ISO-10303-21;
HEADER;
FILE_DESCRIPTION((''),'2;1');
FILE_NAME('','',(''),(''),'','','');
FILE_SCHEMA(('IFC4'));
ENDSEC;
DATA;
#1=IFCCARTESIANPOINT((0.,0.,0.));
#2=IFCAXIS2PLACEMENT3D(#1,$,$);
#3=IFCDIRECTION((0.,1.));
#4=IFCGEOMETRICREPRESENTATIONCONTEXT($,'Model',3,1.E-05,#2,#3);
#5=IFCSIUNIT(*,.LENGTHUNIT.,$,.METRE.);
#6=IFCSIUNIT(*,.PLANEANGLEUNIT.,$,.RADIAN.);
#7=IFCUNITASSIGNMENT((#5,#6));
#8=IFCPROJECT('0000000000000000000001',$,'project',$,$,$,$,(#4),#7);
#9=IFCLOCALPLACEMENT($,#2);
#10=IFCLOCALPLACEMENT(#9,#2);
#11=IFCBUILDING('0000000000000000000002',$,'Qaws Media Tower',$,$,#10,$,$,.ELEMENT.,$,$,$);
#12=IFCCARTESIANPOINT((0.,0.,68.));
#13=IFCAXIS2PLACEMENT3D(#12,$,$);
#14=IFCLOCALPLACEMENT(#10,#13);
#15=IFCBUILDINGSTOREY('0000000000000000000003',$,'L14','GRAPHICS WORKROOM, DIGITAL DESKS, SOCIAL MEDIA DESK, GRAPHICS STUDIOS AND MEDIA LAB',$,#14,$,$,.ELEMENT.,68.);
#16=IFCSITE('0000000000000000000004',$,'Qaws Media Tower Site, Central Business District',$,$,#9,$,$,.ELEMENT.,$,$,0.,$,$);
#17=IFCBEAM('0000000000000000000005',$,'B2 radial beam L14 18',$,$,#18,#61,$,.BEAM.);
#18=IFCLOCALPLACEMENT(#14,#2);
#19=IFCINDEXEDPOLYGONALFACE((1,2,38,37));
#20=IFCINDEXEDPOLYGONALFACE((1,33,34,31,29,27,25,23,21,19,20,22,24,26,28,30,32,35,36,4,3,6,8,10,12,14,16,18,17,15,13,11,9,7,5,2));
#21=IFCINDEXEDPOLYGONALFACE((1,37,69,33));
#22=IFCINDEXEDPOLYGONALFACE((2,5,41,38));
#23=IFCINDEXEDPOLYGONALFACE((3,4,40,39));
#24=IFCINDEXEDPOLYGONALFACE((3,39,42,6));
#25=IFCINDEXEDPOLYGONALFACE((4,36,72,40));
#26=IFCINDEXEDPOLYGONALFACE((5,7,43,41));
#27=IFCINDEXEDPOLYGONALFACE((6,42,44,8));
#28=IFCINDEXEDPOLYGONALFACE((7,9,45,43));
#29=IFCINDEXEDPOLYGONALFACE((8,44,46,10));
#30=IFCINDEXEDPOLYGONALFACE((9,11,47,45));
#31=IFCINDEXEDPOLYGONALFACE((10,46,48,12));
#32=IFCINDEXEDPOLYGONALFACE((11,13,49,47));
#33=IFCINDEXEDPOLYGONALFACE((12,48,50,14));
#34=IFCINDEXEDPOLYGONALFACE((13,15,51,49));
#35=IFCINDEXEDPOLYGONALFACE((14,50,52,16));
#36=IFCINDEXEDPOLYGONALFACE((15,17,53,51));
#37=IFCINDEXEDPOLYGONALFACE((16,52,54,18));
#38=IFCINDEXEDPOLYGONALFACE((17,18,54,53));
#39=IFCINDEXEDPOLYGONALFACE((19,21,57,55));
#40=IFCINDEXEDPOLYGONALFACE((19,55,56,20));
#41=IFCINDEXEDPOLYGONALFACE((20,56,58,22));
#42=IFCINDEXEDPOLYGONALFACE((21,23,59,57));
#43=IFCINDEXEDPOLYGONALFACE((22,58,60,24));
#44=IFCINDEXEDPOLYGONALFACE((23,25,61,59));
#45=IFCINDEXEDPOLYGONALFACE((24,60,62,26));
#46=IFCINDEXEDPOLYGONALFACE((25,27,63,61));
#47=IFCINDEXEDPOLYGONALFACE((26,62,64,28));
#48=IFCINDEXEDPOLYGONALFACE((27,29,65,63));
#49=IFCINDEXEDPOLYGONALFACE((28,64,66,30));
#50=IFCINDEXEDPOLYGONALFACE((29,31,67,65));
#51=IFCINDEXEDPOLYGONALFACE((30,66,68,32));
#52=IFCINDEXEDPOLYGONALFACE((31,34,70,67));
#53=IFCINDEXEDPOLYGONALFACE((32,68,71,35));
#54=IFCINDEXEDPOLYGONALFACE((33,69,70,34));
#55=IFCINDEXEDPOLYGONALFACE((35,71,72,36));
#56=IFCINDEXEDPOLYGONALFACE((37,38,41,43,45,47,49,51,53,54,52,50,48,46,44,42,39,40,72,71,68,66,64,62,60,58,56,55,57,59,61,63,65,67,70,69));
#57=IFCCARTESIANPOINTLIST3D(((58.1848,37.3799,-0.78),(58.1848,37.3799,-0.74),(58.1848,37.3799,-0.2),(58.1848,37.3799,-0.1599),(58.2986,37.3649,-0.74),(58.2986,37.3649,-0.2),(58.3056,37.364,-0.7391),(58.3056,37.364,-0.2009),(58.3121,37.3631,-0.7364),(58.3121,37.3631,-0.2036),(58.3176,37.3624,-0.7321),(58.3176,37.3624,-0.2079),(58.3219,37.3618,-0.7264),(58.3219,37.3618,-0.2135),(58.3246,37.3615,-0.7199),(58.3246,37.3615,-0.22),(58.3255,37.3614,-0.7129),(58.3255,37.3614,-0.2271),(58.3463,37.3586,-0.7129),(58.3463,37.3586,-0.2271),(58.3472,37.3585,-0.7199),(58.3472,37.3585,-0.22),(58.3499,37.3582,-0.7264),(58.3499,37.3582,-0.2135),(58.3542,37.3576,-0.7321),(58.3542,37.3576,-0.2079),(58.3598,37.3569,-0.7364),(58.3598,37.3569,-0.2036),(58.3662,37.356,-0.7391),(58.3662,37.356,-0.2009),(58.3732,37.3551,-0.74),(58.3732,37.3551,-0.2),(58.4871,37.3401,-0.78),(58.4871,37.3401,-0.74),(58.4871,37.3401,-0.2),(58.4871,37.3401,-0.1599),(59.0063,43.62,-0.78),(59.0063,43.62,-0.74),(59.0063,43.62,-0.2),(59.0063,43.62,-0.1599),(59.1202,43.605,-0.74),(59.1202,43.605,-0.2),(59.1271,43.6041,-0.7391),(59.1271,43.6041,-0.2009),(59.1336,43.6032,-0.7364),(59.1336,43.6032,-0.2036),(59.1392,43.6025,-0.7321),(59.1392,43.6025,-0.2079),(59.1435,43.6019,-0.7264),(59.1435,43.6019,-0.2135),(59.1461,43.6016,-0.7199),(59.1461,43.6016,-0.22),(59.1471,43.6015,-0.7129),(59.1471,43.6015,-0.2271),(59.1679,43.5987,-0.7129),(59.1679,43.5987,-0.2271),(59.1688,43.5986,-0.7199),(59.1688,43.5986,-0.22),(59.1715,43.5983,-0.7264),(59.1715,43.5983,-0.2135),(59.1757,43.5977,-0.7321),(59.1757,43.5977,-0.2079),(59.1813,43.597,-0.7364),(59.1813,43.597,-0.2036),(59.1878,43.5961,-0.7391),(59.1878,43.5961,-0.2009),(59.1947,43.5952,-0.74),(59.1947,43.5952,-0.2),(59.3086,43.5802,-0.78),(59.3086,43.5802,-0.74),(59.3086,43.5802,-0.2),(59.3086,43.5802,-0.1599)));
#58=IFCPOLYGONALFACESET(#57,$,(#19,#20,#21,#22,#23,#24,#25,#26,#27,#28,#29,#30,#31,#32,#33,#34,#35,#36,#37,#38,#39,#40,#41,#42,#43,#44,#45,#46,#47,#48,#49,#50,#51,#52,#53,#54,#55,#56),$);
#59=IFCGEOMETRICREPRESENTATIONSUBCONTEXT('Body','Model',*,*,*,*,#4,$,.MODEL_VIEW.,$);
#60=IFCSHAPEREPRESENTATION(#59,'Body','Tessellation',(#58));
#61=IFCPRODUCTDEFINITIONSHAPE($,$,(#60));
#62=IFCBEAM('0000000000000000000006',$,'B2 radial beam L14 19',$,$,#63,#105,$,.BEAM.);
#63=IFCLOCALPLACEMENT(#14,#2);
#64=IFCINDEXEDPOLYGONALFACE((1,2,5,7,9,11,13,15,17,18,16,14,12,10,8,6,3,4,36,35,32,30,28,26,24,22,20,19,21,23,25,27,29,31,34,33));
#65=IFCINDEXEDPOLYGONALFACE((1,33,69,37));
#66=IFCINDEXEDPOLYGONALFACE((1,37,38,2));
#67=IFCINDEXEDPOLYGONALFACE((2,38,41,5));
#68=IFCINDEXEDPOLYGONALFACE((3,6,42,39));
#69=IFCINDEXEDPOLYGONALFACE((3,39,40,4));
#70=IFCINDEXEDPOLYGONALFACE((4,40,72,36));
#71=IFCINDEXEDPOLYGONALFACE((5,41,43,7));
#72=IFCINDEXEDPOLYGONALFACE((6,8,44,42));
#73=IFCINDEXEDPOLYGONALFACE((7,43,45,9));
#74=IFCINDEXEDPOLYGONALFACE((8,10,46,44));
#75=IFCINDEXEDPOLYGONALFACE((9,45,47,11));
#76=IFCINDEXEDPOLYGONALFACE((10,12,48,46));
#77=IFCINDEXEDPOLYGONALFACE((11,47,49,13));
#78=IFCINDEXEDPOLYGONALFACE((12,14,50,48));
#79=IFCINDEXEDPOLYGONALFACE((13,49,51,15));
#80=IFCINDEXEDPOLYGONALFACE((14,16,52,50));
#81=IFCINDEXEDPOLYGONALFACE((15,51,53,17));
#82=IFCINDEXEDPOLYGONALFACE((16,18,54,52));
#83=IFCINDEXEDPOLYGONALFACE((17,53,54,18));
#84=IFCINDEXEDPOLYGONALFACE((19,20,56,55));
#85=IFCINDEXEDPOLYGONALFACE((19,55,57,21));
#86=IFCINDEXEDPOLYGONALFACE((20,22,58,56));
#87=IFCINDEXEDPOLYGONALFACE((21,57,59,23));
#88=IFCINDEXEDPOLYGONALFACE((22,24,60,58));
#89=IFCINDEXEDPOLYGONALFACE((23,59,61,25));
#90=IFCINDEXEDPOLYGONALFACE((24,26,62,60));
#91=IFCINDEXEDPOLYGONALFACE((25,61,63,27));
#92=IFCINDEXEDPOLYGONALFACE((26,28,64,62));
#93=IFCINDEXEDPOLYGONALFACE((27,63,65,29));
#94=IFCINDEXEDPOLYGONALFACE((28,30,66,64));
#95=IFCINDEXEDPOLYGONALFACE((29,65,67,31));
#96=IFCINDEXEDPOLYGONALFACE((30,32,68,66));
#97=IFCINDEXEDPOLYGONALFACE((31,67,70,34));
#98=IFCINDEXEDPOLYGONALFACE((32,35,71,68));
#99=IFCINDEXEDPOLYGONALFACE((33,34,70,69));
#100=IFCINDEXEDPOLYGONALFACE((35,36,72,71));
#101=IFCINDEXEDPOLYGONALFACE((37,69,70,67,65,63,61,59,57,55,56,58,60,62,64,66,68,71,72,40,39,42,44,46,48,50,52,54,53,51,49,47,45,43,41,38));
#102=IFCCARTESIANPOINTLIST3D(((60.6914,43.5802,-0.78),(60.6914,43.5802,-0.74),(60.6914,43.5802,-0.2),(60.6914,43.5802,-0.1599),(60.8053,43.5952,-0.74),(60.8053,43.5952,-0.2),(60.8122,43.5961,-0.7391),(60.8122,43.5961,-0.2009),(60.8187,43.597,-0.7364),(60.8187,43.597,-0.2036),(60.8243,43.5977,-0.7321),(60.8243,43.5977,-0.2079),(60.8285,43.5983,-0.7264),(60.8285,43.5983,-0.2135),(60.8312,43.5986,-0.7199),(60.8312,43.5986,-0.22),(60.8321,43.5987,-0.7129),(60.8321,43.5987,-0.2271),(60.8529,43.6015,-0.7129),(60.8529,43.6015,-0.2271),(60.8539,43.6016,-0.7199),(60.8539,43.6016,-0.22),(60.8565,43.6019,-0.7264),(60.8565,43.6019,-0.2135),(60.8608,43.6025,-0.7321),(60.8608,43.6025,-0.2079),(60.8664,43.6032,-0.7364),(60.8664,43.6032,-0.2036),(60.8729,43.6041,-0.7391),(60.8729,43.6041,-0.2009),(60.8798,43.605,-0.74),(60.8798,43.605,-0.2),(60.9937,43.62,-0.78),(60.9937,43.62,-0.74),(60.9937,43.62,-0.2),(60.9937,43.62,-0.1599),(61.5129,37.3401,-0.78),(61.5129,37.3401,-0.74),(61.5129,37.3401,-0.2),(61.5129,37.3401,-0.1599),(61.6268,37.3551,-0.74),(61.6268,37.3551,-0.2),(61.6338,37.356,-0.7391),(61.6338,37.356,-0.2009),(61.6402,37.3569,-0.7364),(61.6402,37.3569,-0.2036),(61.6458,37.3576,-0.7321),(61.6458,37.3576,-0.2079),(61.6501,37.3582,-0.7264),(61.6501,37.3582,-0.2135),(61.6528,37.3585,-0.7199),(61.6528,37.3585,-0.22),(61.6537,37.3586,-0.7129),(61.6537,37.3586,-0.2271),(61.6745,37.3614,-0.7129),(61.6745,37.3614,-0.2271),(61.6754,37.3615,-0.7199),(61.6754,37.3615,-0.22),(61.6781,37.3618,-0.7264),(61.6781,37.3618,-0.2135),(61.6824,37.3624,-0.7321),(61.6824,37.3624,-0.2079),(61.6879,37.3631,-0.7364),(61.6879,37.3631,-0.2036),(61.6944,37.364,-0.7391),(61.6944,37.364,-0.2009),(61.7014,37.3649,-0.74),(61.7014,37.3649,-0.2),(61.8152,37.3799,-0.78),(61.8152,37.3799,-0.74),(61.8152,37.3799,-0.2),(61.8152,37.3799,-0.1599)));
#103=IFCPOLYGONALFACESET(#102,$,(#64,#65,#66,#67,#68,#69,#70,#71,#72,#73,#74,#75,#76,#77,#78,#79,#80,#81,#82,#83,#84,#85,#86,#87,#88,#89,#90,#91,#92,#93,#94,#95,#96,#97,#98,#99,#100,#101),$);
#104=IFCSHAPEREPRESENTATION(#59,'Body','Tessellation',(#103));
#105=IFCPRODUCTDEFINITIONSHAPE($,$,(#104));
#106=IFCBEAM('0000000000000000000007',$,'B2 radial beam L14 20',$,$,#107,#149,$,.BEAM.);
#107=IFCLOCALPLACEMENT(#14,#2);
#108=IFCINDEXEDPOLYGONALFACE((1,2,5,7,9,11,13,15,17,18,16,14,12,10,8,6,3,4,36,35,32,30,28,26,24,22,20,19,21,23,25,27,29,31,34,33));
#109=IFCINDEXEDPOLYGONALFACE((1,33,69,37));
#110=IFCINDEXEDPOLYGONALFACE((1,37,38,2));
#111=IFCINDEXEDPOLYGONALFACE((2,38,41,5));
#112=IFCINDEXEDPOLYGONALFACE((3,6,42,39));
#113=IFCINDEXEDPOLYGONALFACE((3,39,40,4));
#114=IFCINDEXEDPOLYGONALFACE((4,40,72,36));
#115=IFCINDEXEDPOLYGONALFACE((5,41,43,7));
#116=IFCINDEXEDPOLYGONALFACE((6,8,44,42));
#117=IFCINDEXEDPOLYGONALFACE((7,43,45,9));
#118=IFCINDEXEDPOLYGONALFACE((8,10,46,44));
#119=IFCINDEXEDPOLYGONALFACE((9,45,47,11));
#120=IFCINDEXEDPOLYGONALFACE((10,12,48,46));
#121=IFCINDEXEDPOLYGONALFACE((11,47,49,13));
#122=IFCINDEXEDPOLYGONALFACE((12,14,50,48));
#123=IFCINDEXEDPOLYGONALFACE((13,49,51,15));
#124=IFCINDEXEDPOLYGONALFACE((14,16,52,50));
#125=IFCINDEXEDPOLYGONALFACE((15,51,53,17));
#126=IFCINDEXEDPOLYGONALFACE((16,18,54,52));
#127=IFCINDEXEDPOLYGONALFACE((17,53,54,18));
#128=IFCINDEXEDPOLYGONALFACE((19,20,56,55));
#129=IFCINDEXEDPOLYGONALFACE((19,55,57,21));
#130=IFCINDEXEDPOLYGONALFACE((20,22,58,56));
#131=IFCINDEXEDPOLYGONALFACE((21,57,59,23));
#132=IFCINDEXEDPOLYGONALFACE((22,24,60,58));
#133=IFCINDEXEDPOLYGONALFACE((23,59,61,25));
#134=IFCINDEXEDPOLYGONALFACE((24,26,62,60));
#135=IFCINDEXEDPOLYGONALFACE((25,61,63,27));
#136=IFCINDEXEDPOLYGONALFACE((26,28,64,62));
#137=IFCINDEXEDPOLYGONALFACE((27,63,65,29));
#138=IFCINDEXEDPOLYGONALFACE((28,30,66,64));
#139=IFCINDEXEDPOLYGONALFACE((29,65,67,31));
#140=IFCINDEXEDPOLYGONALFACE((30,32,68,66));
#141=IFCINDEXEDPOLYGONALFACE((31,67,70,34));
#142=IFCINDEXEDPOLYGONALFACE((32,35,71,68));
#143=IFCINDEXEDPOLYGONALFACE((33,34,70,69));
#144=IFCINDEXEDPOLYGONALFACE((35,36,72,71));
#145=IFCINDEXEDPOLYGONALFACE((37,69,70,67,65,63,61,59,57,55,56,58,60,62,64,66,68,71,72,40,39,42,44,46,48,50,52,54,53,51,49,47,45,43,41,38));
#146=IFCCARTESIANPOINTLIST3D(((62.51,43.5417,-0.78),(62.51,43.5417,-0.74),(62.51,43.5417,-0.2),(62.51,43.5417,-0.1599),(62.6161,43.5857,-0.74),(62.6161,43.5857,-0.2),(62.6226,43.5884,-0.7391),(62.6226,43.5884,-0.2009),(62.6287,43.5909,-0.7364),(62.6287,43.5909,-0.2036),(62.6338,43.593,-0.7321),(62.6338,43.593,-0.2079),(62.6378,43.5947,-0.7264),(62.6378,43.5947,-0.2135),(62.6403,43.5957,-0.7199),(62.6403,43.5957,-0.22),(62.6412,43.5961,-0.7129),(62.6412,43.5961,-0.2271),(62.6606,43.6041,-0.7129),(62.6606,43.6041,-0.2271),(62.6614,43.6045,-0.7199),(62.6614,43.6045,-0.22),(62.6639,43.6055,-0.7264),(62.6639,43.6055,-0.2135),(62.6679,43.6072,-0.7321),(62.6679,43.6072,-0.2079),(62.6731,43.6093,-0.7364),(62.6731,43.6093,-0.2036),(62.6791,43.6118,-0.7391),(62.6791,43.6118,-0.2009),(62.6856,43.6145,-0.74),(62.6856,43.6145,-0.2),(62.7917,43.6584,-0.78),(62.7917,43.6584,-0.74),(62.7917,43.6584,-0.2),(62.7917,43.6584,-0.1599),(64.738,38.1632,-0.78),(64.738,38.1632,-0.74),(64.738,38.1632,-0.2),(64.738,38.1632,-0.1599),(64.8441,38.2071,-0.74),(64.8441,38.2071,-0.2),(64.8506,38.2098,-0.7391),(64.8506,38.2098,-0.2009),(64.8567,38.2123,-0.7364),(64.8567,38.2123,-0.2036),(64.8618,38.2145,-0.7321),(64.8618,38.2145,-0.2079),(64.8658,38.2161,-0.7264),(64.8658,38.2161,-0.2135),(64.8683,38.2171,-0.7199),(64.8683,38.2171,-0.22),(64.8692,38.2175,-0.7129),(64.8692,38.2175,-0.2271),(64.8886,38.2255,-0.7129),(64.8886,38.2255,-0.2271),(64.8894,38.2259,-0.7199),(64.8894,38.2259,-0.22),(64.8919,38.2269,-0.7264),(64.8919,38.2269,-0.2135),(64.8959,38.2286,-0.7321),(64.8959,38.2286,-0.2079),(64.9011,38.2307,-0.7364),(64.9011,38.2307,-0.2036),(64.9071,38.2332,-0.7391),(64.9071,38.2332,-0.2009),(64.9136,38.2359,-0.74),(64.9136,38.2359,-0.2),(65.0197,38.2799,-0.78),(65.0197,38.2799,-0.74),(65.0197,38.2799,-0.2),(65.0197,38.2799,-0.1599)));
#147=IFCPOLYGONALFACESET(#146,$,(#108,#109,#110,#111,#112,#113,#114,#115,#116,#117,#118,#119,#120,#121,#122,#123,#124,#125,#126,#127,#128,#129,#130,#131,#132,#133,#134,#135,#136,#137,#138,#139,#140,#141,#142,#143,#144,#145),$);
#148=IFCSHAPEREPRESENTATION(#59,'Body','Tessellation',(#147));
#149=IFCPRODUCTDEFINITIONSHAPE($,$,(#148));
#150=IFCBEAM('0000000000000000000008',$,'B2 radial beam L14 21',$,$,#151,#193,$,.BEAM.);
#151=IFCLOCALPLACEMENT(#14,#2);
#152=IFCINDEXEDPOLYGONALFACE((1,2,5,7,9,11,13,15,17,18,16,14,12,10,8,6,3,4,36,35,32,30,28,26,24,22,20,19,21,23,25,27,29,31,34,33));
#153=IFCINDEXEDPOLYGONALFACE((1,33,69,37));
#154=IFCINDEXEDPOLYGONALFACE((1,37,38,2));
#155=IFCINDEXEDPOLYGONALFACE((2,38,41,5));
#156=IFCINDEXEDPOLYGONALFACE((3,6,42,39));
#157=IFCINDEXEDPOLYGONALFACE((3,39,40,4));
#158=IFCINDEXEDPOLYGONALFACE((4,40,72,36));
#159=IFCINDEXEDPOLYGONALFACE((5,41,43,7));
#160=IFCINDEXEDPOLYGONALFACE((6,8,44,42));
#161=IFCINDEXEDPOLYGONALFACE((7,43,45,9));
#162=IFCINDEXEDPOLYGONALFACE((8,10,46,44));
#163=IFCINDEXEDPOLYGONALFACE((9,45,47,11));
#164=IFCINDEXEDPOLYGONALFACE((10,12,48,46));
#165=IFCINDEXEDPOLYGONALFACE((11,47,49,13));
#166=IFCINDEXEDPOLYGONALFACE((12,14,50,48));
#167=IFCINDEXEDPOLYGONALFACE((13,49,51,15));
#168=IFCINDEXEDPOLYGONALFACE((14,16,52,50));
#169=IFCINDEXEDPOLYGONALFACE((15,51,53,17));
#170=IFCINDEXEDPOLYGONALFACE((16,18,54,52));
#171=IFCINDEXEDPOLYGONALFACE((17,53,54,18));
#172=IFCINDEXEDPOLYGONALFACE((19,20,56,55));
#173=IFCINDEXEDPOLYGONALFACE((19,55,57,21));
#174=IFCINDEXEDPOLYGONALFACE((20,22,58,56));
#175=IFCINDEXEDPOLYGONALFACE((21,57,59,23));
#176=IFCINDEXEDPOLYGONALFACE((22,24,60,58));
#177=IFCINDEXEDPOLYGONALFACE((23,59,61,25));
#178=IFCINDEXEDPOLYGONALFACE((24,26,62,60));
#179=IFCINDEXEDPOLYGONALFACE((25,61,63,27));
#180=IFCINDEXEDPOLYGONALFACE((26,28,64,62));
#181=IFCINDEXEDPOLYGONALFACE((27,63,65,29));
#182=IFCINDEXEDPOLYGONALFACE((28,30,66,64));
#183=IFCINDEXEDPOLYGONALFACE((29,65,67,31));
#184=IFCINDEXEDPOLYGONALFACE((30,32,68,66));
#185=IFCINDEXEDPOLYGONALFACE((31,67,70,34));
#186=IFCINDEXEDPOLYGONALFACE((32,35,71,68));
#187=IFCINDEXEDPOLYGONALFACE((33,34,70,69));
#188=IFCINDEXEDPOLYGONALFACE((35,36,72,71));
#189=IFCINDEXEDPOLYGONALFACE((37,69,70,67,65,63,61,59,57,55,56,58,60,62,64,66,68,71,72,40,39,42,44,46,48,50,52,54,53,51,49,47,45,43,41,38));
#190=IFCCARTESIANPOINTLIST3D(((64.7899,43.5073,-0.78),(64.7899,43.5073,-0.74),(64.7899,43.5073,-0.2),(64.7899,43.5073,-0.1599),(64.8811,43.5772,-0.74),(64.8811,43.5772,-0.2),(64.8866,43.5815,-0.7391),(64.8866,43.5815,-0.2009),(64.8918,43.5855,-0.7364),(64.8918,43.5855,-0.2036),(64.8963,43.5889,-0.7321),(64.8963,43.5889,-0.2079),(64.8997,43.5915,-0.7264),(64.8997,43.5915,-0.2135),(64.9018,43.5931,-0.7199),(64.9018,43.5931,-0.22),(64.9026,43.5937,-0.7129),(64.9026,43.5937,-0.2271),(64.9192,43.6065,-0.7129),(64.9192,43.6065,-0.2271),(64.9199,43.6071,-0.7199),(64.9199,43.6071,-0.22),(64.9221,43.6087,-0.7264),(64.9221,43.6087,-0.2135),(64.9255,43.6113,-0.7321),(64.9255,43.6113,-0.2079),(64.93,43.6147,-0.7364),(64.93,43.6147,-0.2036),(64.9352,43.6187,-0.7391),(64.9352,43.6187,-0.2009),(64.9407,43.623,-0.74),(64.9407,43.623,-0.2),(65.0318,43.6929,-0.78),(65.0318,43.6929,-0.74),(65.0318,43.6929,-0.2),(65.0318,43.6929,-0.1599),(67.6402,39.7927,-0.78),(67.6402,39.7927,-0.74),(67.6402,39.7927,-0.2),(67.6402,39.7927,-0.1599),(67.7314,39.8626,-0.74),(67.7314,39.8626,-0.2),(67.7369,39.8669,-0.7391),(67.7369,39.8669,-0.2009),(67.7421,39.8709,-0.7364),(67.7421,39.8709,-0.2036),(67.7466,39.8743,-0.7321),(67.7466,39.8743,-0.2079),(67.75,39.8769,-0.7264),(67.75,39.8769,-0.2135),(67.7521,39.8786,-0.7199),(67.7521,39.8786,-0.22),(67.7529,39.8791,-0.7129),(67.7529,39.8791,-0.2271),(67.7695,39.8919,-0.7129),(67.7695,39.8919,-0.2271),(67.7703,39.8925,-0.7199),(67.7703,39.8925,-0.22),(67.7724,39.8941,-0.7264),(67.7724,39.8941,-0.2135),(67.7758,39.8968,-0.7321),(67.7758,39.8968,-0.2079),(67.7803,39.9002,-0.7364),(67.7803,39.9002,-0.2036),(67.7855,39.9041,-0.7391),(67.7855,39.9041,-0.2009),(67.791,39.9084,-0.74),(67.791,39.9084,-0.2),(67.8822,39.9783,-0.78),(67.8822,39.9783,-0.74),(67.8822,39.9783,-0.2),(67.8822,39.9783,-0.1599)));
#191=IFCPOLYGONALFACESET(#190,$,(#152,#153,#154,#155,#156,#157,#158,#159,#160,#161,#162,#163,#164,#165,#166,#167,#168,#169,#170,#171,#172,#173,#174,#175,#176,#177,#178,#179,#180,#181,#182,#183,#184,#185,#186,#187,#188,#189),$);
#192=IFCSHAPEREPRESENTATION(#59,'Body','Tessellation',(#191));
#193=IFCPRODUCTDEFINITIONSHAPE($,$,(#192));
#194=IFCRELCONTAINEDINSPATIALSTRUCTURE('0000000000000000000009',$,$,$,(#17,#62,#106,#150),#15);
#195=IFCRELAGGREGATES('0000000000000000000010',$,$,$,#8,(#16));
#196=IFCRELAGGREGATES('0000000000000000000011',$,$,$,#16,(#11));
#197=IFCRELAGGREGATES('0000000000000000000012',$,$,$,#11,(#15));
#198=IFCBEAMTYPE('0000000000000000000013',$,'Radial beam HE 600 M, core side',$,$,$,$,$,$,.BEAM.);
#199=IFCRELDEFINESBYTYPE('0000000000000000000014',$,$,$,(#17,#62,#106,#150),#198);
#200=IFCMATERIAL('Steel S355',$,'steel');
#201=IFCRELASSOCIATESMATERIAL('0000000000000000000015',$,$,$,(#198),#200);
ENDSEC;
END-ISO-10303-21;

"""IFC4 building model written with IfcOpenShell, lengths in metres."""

from ifc_helpers import new_model, si_unit, direction, frame, origin, origin_2d, place, context, subcontext, project, spatial, i_section, extrude, material, material_profile, profile_set, type_object, element, save


model = new_model("IFC4")

# Units and contexts
model_context = context("Model", 3, precision=1e-05, world=origin(), true_north=direction((0.0, 1.0)))
body_context = subcontext(model_context, "Body", "Model", "MODEL_VIEW")
ifc_project = project(units=[si_unit("LENGTHUNIT", "METRE"), si_unit("PLANEANGLEUNIT", "RADIAN")], contexts=[model_context])

# Site, building, storey
site_placement = place(None, origin())
site = spatial("IfcSite", under=ifc_project, at=site_placement, Name="Qaws Media Tower Site, Central Business District", CompositionType="ELEMENT", RefElevation=0.0)
building_placement = place(site_placement, origin())
building = spatial("IfcBuilding", under=site, at=building_placement, Name="Qaws Media Tower", CompositionType="ELEMENT")
storey_placement = place(building_placement, frame((0.0, 0.0, 68.0)))
storey = spatial("IfcBuildingStorey", under=building, at=storey_placement, Name="L14", Description="GRAPHICS WORKROOM, DIGITAL DESKS, SOCIAL MEDIA DESK, GRAPHICS STUDIOS AND MEDIA LAB", CompositionType="ELEMENT", Elevation=68.0)

# Beams
ifc_material_1 = material(Name="Steel S355", Category="steel")
ifc_material_profile_1 = material_profile(ifc_material_1, i_section(OverallWidth=0.3049, OverallDepth=0.6201, WebThickness=0.021, FlangeThickness=0.04, FilletRadius=0.0271, at=origin_2d()), Name="HE 600 M")
ifc_profile_set_1 = profile_set([ifc_material_profile_1], Name="Steel S355")
beam_type_1 = type_object("IfcBeamType", Name="Radial beam HE 600 M, core side", PredefinedType="BEAM", material=ifc_profile_set_1)
for number, where, z_axis, x_axis, name in (
    (1, (59.1575, 43.6001, -0.47), (-0.13053, -0.991444, 0.0), (0.991444, -0.13053, 0.0), "B2 radial beam L14 18"),
    (2, (60.8425, 43.6001, -0.47), (0.13053, -0.991444, 0.0), (0.991444, 0.13053, 0.0), "B2 radial beam L14 19"),
):
    element("IfcBeam", number, at=place(storey_placement, frame(where, z_axis=z_axis, x_axis=x_axis)), inside=storey, type_object=beam_type_1, Name=name, PredefinedType="BEAM", context=body_context, shape_type="SweptSolid", body=[
        extrude(i_section(OverallWidth=0.3049, OverallDepth=0.6201, WebThickness=0.021, FlangeThickness=0.04, FilletRadius=0.0271, at=origin_2d()), origin(), (0.0, 0.0, 1.0), 6.2939),
    ])
beam_1_placement = place(storey_placement, frame((62.6509, 43.6001, -0.47), z_axis=(0.3827, -0.923873, 0.0), x_axis=(0.923873, 0.3827, 0.0)))
element("IfcBeam", 3, at=beam_1_placement, inside=storey, type_object=beam_type_1, Name="B2 radial beam L14 20", PredefinedType="BEAM", context=body_context, shape_type="SweptSolid", body=[
    extrude(i_section(OverallWidth=0.3049, OverallDepth=0.6201, WebThickness=0.021, FlangeThickness=0.04, FilletRadius=0.0271, at=origin_2d()), origin(), (0.0, 0.0, 1.0), 5.8218),
])
beam_2_placement = place(storey_placement, frame((64.9109, 43.6001, -0.47), z_axis=(0.608765, -0.79335, 0.0), x_axis=(0.79335, 0.608765, 0.0)))
element("IfcBeam", 4, at=beam_2_placement, inside=storey, type_object=beam_type_1, Name="B2 radial beam L14 21", PredefinedType="BEAM", context=body_context, shape_type="SweptSolid", body=[
    extrude(i_section(OverallWidth=0.3049, OverallDepth=0.6201, WebThickness=0.021, FlangeThickness=0.04, FilletRadius=0.0271, at=origin_2d()), origin(), (0.0, 0.0, 1.0), 4.6821),
])

save(model, "model.ifc")
